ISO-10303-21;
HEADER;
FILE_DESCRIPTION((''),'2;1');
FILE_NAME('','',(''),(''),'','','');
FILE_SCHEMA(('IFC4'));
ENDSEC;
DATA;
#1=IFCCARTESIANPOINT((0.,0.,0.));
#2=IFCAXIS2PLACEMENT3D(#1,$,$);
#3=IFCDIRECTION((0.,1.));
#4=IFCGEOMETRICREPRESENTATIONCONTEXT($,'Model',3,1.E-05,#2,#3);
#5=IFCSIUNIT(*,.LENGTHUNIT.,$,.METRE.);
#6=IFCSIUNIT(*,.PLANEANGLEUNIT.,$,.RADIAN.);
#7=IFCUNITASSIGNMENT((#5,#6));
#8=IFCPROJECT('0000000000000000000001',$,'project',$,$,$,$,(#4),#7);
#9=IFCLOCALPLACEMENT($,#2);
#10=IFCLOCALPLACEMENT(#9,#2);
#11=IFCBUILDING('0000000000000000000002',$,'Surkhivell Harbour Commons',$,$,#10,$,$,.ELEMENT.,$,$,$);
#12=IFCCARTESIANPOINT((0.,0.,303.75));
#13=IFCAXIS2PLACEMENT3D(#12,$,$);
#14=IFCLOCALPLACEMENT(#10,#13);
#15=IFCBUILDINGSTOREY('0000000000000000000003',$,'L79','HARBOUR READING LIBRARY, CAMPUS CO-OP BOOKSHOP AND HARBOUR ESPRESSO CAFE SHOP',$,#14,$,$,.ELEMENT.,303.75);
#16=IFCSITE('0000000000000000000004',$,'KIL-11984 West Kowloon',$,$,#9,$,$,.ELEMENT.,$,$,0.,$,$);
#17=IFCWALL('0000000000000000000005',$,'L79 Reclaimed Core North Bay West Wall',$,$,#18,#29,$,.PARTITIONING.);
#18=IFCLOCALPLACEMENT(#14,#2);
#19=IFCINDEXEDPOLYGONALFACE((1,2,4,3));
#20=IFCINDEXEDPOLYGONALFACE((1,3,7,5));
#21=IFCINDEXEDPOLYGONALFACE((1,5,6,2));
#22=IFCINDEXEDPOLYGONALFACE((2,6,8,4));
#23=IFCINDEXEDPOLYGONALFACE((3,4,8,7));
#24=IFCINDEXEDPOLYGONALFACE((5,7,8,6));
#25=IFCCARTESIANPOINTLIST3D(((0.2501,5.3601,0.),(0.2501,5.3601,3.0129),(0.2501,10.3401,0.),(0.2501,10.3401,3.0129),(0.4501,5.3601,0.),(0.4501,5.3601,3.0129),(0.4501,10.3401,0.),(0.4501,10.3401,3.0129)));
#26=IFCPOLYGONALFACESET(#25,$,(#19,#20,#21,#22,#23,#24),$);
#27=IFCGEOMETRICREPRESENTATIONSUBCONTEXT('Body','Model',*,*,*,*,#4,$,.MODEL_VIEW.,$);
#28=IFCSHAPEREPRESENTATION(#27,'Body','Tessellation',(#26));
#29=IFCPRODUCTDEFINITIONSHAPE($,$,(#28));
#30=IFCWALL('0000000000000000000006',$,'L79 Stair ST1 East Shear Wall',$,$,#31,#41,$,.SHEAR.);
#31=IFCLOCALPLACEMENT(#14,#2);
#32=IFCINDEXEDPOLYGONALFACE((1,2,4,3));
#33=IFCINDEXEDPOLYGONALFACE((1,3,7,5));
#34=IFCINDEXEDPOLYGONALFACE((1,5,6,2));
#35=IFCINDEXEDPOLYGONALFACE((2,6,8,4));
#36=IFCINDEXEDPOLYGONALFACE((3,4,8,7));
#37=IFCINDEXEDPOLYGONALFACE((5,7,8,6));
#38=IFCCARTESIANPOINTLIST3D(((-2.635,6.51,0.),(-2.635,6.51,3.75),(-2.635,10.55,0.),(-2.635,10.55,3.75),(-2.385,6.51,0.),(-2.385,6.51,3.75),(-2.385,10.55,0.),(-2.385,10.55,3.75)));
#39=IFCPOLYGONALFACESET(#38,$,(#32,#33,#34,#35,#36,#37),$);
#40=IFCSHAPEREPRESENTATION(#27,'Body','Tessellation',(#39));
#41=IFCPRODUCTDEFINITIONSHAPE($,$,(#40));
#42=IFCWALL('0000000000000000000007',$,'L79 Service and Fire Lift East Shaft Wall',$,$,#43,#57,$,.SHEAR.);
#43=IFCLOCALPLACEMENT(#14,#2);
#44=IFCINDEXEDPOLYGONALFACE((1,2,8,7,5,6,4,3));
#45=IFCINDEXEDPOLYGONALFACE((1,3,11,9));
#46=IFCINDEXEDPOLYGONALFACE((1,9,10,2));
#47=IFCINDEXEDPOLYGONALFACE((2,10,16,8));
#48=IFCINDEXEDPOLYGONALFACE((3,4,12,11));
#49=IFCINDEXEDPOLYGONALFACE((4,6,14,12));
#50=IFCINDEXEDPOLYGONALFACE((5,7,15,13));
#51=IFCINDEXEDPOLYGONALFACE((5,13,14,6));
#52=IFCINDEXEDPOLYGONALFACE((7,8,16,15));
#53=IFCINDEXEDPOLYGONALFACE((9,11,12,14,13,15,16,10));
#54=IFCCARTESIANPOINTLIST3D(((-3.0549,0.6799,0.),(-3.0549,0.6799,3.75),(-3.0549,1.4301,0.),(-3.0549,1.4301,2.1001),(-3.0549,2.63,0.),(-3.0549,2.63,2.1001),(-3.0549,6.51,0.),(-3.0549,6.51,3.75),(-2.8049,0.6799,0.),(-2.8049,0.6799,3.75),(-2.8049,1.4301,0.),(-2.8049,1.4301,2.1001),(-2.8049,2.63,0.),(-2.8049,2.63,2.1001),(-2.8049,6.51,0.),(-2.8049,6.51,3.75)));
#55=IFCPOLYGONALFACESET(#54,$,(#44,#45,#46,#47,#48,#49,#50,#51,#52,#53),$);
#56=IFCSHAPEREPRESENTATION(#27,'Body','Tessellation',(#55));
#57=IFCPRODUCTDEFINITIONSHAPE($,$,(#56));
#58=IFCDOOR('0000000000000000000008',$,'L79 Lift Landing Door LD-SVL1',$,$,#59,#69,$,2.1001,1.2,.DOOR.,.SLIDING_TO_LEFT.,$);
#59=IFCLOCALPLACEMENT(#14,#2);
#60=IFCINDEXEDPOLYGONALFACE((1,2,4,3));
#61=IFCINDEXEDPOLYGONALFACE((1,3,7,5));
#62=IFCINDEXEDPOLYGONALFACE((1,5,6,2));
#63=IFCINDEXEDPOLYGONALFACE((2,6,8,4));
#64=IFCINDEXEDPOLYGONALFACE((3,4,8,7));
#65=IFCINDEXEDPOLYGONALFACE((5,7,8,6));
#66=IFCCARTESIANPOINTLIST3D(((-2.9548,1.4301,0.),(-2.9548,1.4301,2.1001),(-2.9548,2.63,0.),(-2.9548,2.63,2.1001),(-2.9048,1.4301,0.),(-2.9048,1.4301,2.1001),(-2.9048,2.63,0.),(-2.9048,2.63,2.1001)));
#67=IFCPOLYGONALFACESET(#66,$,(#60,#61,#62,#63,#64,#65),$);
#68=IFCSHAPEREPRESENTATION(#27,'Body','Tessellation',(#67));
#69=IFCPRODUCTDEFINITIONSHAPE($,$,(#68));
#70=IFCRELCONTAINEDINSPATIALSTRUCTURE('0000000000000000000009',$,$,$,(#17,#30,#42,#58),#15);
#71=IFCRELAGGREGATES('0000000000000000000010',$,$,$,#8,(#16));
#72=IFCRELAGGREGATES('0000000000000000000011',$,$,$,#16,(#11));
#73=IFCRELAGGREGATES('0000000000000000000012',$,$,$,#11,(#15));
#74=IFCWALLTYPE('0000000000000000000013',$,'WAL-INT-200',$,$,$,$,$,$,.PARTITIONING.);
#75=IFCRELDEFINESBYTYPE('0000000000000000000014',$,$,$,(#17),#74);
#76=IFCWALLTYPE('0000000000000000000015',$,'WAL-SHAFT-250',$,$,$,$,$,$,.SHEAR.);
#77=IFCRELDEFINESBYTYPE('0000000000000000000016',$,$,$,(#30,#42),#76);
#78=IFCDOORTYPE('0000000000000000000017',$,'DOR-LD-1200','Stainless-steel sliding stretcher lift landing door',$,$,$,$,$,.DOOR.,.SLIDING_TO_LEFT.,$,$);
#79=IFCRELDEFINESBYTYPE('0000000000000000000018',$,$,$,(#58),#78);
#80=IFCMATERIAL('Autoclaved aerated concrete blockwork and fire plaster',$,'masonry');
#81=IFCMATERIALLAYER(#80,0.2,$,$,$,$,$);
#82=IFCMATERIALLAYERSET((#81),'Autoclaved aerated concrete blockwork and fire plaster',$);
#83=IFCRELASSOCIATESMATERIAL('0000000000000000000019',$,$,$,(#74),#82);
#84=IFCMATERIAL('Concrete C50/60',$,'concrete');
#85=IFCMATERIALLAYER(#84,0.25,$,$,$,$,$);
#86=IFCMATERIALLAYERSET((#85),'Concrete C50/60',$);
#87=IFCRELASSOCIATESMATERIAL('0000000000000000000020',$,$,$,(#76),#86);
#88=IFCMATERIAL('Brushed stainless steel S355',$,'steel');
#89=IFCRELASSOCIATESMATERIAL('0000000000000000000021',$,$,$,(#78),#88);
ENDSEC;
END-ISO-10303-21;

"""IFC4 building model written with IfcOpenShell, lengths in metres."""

from ifc_helpers import new_model, si_unit, direction, frame, frame_2d, origin, place, context, subcontext, project, spatial, rectangle, extrude, material, layer, layer_set, type_object, element, fill, save


model = new_model("IFC4")

# Units and contexts
model_context = context("Model", 3, precision=1e-05, world=origin(), true_north=direction((0.0, 1.0)))
body_context = subcontext(model_context, "Body", "Model", "MODEL_VIEW")
ifc_project = project(units=[si_unit("LENGTHUNIT", "METRE"), si_unit("PLANEANGLEUNIT", "RADIAN")], contexts=[model_context])

# Site, building, storey
site_placement = place(None, origin())
site = spatial("IfcSite", under=ifc_project, at=site_placement, Name="KIL-11984 West Kowloon", CompositionType="ELEMENT", RefElevation=0.0)
building_placement = place(site_placement, origin())
building = spatial("IfcBuilding", under=site, at=building_placement, Name="Surkhivell Harbour Commons", CompositionType="ELEMENT")
storey_placement = place(building_placement, frame((0.0, 0.0, 303.75)))
storey = spatial("IfcBuildingStorey", under=building, at=storey_placement, Name="L79", Description="HARBOUR READING LIBRARY, CAMPUS CO-OP BOOKSHOP AND HARBOUR ESPRESSO CAFE SHOP", CompositionType="ELEMENT", Elevation=303.75)

# Shared definitions
ifc_material_1 = material(Name="Concrete C50/60", Category="concrete")

# Shared definitions
ifc_material_2 = material(Name="Autoclaved aerated concrete blockwork and fire plaster", Category="masonry")
ifc_layer_1 = layer(ifc_material_2, 0.2)
ifc_layer_set_1 = layer_set([ifc_layer_1], Name="Autoclaved aerated concrete blockwork and fire plaster")
wall_type_1 = type_object("IfcWallType", Name="WAL-INT-200", PredefinedType="PARTITIONING", material=ifc_layer_set_1)

# Walls
wall_1_placement = place(storey_placement, frame((0.3501, 5.3601, 0.0), z_axis=(0.0, 0.0, 1.0), x_axis=(0.0, 1.0, 0.0)))
element("IfcWall", 1, at=wall_1_placement, inside=storey, type_object=wall_type_1, Name="L79 Reclaimed Core North Bay West Wall", PredefinedType="PARTITIONING", context=body_context, shape_type="SweptSolid", body=[
    extrude(rectangle(XDim=4.98, YDim=0.2, at=frame_2d((2.49, 0.0))), origin(), (0.0, 0.0, 1.0), 3.0129),
])
ifc_layer_2 = layer(ifc_material_1, 0.25)
ifc_layer_set_2 = layer_set([ifc_layer_2], Name="Concrete C50/60")
wall_type_2 = type_object("IfcWallType", Name="WAL-SHAFT-250", PredefinedType="SHEAR", material=ifc_layer_set_2)
wall_2_placement = place(storey_placement, frame((-2.51, 6.51, 0.0), z_axis=(0.0, 0.0, 1.0), x_axis=(0.0, 1.0, 0.0)))
element("IfcWall", 2, at=wall_2_placement, inside=storey, type_object=wall_type_2, Name="L79 Stair ST1 East Shear Wall", PredefinedType="SHEAR", context=body_context, shape_type="SweptSolid", body=[
    extrude(rectangle(XDim=4.04, YDim=0.25, at=frame_2d((2.02, 0.0))), origin(), (0.0, 0.0, 1.0), 3.75),
])

# Wall, opening, door
wall_3_placement = place(storey_placement, frame((-2.9299, 0.6799, 0.0), z_axis=(0.0, 0.0, 1.0), x_axis=(0.0, 1.0, 0.0)))
wall_3 = element("IfcWall", 3, at=wall_3_placement, inside=storey, type_object=wall_type_2, Name="L79 Service and Fire Lift East Shaft Wall", PredefinedType="SHEAR", context=body_context, shape_type="SweptSolid", body=[
    extrude(rectangle(XDim=5.8301, YDim=0.25, at=frame_2d((2.915, 0.0))), origin(), (0.0, 0.0, 1.0), 3.75),
])
opening_1_placement = place(wall_3_placement, frame((0.75, 0.0, 0.0)))
opening_1 = element("IfcOpeningElement", 4, at=opening_1_placement, cuts=wall_3, PredefinedType="OPENING", context=body_context, shape_type="SweptSolid", body=[
    extrude(rectangle(XDim=1.2, YDim=2.1001, at=frame_2d((0.6001, 1.05))), frame((0.0, 0.135, 0.0), z_axis=(0.0, -1.0, 0.0), x_axis=(1.0, 0.0, 0.0)), (0.0, 0.0, 1.0), 0.27),
])
ifc_material_3 = material(Name="Brushed stainless steel S355", Category="steel")
door_type_1 = type_object("IfcDoorType", Name="DOR-LD-1200", Description="Stainless-steel sliding stretcher lift landing door", OperationType="SLIDING_TO_LEFT", PredefinedType="DOOR", material=ifc_material_3)
door_1_placement = place(opening_1_placement, origin())
door_1 = element("IfcDoor", 5, at=door_1_placement, inside=storey, type_object=door_type_1, Name="L79 Lift Landing Door LD-SVL1", OperationType="SLIDING_TO_LEFT", OverallHeight=2.1001, OverallWidth=1.2, PredefinedType="DOOR", context=body_context, shape_type="SweptSolid", body=[
    extrude(rectangle(XDim=1.2, YDim=2.1001, at=frame_2d((0.6001, 1.05))), frame((0.0, 0.0249, 0.0), z_axis=(0.0, -1.0, 0.0), x_axis=(1.0, 0.0, 0.0)), (0.0, 0.0, 1.0), 0.05),
])
fill(opening_1, door_1)

save(model, "model.ifc")
